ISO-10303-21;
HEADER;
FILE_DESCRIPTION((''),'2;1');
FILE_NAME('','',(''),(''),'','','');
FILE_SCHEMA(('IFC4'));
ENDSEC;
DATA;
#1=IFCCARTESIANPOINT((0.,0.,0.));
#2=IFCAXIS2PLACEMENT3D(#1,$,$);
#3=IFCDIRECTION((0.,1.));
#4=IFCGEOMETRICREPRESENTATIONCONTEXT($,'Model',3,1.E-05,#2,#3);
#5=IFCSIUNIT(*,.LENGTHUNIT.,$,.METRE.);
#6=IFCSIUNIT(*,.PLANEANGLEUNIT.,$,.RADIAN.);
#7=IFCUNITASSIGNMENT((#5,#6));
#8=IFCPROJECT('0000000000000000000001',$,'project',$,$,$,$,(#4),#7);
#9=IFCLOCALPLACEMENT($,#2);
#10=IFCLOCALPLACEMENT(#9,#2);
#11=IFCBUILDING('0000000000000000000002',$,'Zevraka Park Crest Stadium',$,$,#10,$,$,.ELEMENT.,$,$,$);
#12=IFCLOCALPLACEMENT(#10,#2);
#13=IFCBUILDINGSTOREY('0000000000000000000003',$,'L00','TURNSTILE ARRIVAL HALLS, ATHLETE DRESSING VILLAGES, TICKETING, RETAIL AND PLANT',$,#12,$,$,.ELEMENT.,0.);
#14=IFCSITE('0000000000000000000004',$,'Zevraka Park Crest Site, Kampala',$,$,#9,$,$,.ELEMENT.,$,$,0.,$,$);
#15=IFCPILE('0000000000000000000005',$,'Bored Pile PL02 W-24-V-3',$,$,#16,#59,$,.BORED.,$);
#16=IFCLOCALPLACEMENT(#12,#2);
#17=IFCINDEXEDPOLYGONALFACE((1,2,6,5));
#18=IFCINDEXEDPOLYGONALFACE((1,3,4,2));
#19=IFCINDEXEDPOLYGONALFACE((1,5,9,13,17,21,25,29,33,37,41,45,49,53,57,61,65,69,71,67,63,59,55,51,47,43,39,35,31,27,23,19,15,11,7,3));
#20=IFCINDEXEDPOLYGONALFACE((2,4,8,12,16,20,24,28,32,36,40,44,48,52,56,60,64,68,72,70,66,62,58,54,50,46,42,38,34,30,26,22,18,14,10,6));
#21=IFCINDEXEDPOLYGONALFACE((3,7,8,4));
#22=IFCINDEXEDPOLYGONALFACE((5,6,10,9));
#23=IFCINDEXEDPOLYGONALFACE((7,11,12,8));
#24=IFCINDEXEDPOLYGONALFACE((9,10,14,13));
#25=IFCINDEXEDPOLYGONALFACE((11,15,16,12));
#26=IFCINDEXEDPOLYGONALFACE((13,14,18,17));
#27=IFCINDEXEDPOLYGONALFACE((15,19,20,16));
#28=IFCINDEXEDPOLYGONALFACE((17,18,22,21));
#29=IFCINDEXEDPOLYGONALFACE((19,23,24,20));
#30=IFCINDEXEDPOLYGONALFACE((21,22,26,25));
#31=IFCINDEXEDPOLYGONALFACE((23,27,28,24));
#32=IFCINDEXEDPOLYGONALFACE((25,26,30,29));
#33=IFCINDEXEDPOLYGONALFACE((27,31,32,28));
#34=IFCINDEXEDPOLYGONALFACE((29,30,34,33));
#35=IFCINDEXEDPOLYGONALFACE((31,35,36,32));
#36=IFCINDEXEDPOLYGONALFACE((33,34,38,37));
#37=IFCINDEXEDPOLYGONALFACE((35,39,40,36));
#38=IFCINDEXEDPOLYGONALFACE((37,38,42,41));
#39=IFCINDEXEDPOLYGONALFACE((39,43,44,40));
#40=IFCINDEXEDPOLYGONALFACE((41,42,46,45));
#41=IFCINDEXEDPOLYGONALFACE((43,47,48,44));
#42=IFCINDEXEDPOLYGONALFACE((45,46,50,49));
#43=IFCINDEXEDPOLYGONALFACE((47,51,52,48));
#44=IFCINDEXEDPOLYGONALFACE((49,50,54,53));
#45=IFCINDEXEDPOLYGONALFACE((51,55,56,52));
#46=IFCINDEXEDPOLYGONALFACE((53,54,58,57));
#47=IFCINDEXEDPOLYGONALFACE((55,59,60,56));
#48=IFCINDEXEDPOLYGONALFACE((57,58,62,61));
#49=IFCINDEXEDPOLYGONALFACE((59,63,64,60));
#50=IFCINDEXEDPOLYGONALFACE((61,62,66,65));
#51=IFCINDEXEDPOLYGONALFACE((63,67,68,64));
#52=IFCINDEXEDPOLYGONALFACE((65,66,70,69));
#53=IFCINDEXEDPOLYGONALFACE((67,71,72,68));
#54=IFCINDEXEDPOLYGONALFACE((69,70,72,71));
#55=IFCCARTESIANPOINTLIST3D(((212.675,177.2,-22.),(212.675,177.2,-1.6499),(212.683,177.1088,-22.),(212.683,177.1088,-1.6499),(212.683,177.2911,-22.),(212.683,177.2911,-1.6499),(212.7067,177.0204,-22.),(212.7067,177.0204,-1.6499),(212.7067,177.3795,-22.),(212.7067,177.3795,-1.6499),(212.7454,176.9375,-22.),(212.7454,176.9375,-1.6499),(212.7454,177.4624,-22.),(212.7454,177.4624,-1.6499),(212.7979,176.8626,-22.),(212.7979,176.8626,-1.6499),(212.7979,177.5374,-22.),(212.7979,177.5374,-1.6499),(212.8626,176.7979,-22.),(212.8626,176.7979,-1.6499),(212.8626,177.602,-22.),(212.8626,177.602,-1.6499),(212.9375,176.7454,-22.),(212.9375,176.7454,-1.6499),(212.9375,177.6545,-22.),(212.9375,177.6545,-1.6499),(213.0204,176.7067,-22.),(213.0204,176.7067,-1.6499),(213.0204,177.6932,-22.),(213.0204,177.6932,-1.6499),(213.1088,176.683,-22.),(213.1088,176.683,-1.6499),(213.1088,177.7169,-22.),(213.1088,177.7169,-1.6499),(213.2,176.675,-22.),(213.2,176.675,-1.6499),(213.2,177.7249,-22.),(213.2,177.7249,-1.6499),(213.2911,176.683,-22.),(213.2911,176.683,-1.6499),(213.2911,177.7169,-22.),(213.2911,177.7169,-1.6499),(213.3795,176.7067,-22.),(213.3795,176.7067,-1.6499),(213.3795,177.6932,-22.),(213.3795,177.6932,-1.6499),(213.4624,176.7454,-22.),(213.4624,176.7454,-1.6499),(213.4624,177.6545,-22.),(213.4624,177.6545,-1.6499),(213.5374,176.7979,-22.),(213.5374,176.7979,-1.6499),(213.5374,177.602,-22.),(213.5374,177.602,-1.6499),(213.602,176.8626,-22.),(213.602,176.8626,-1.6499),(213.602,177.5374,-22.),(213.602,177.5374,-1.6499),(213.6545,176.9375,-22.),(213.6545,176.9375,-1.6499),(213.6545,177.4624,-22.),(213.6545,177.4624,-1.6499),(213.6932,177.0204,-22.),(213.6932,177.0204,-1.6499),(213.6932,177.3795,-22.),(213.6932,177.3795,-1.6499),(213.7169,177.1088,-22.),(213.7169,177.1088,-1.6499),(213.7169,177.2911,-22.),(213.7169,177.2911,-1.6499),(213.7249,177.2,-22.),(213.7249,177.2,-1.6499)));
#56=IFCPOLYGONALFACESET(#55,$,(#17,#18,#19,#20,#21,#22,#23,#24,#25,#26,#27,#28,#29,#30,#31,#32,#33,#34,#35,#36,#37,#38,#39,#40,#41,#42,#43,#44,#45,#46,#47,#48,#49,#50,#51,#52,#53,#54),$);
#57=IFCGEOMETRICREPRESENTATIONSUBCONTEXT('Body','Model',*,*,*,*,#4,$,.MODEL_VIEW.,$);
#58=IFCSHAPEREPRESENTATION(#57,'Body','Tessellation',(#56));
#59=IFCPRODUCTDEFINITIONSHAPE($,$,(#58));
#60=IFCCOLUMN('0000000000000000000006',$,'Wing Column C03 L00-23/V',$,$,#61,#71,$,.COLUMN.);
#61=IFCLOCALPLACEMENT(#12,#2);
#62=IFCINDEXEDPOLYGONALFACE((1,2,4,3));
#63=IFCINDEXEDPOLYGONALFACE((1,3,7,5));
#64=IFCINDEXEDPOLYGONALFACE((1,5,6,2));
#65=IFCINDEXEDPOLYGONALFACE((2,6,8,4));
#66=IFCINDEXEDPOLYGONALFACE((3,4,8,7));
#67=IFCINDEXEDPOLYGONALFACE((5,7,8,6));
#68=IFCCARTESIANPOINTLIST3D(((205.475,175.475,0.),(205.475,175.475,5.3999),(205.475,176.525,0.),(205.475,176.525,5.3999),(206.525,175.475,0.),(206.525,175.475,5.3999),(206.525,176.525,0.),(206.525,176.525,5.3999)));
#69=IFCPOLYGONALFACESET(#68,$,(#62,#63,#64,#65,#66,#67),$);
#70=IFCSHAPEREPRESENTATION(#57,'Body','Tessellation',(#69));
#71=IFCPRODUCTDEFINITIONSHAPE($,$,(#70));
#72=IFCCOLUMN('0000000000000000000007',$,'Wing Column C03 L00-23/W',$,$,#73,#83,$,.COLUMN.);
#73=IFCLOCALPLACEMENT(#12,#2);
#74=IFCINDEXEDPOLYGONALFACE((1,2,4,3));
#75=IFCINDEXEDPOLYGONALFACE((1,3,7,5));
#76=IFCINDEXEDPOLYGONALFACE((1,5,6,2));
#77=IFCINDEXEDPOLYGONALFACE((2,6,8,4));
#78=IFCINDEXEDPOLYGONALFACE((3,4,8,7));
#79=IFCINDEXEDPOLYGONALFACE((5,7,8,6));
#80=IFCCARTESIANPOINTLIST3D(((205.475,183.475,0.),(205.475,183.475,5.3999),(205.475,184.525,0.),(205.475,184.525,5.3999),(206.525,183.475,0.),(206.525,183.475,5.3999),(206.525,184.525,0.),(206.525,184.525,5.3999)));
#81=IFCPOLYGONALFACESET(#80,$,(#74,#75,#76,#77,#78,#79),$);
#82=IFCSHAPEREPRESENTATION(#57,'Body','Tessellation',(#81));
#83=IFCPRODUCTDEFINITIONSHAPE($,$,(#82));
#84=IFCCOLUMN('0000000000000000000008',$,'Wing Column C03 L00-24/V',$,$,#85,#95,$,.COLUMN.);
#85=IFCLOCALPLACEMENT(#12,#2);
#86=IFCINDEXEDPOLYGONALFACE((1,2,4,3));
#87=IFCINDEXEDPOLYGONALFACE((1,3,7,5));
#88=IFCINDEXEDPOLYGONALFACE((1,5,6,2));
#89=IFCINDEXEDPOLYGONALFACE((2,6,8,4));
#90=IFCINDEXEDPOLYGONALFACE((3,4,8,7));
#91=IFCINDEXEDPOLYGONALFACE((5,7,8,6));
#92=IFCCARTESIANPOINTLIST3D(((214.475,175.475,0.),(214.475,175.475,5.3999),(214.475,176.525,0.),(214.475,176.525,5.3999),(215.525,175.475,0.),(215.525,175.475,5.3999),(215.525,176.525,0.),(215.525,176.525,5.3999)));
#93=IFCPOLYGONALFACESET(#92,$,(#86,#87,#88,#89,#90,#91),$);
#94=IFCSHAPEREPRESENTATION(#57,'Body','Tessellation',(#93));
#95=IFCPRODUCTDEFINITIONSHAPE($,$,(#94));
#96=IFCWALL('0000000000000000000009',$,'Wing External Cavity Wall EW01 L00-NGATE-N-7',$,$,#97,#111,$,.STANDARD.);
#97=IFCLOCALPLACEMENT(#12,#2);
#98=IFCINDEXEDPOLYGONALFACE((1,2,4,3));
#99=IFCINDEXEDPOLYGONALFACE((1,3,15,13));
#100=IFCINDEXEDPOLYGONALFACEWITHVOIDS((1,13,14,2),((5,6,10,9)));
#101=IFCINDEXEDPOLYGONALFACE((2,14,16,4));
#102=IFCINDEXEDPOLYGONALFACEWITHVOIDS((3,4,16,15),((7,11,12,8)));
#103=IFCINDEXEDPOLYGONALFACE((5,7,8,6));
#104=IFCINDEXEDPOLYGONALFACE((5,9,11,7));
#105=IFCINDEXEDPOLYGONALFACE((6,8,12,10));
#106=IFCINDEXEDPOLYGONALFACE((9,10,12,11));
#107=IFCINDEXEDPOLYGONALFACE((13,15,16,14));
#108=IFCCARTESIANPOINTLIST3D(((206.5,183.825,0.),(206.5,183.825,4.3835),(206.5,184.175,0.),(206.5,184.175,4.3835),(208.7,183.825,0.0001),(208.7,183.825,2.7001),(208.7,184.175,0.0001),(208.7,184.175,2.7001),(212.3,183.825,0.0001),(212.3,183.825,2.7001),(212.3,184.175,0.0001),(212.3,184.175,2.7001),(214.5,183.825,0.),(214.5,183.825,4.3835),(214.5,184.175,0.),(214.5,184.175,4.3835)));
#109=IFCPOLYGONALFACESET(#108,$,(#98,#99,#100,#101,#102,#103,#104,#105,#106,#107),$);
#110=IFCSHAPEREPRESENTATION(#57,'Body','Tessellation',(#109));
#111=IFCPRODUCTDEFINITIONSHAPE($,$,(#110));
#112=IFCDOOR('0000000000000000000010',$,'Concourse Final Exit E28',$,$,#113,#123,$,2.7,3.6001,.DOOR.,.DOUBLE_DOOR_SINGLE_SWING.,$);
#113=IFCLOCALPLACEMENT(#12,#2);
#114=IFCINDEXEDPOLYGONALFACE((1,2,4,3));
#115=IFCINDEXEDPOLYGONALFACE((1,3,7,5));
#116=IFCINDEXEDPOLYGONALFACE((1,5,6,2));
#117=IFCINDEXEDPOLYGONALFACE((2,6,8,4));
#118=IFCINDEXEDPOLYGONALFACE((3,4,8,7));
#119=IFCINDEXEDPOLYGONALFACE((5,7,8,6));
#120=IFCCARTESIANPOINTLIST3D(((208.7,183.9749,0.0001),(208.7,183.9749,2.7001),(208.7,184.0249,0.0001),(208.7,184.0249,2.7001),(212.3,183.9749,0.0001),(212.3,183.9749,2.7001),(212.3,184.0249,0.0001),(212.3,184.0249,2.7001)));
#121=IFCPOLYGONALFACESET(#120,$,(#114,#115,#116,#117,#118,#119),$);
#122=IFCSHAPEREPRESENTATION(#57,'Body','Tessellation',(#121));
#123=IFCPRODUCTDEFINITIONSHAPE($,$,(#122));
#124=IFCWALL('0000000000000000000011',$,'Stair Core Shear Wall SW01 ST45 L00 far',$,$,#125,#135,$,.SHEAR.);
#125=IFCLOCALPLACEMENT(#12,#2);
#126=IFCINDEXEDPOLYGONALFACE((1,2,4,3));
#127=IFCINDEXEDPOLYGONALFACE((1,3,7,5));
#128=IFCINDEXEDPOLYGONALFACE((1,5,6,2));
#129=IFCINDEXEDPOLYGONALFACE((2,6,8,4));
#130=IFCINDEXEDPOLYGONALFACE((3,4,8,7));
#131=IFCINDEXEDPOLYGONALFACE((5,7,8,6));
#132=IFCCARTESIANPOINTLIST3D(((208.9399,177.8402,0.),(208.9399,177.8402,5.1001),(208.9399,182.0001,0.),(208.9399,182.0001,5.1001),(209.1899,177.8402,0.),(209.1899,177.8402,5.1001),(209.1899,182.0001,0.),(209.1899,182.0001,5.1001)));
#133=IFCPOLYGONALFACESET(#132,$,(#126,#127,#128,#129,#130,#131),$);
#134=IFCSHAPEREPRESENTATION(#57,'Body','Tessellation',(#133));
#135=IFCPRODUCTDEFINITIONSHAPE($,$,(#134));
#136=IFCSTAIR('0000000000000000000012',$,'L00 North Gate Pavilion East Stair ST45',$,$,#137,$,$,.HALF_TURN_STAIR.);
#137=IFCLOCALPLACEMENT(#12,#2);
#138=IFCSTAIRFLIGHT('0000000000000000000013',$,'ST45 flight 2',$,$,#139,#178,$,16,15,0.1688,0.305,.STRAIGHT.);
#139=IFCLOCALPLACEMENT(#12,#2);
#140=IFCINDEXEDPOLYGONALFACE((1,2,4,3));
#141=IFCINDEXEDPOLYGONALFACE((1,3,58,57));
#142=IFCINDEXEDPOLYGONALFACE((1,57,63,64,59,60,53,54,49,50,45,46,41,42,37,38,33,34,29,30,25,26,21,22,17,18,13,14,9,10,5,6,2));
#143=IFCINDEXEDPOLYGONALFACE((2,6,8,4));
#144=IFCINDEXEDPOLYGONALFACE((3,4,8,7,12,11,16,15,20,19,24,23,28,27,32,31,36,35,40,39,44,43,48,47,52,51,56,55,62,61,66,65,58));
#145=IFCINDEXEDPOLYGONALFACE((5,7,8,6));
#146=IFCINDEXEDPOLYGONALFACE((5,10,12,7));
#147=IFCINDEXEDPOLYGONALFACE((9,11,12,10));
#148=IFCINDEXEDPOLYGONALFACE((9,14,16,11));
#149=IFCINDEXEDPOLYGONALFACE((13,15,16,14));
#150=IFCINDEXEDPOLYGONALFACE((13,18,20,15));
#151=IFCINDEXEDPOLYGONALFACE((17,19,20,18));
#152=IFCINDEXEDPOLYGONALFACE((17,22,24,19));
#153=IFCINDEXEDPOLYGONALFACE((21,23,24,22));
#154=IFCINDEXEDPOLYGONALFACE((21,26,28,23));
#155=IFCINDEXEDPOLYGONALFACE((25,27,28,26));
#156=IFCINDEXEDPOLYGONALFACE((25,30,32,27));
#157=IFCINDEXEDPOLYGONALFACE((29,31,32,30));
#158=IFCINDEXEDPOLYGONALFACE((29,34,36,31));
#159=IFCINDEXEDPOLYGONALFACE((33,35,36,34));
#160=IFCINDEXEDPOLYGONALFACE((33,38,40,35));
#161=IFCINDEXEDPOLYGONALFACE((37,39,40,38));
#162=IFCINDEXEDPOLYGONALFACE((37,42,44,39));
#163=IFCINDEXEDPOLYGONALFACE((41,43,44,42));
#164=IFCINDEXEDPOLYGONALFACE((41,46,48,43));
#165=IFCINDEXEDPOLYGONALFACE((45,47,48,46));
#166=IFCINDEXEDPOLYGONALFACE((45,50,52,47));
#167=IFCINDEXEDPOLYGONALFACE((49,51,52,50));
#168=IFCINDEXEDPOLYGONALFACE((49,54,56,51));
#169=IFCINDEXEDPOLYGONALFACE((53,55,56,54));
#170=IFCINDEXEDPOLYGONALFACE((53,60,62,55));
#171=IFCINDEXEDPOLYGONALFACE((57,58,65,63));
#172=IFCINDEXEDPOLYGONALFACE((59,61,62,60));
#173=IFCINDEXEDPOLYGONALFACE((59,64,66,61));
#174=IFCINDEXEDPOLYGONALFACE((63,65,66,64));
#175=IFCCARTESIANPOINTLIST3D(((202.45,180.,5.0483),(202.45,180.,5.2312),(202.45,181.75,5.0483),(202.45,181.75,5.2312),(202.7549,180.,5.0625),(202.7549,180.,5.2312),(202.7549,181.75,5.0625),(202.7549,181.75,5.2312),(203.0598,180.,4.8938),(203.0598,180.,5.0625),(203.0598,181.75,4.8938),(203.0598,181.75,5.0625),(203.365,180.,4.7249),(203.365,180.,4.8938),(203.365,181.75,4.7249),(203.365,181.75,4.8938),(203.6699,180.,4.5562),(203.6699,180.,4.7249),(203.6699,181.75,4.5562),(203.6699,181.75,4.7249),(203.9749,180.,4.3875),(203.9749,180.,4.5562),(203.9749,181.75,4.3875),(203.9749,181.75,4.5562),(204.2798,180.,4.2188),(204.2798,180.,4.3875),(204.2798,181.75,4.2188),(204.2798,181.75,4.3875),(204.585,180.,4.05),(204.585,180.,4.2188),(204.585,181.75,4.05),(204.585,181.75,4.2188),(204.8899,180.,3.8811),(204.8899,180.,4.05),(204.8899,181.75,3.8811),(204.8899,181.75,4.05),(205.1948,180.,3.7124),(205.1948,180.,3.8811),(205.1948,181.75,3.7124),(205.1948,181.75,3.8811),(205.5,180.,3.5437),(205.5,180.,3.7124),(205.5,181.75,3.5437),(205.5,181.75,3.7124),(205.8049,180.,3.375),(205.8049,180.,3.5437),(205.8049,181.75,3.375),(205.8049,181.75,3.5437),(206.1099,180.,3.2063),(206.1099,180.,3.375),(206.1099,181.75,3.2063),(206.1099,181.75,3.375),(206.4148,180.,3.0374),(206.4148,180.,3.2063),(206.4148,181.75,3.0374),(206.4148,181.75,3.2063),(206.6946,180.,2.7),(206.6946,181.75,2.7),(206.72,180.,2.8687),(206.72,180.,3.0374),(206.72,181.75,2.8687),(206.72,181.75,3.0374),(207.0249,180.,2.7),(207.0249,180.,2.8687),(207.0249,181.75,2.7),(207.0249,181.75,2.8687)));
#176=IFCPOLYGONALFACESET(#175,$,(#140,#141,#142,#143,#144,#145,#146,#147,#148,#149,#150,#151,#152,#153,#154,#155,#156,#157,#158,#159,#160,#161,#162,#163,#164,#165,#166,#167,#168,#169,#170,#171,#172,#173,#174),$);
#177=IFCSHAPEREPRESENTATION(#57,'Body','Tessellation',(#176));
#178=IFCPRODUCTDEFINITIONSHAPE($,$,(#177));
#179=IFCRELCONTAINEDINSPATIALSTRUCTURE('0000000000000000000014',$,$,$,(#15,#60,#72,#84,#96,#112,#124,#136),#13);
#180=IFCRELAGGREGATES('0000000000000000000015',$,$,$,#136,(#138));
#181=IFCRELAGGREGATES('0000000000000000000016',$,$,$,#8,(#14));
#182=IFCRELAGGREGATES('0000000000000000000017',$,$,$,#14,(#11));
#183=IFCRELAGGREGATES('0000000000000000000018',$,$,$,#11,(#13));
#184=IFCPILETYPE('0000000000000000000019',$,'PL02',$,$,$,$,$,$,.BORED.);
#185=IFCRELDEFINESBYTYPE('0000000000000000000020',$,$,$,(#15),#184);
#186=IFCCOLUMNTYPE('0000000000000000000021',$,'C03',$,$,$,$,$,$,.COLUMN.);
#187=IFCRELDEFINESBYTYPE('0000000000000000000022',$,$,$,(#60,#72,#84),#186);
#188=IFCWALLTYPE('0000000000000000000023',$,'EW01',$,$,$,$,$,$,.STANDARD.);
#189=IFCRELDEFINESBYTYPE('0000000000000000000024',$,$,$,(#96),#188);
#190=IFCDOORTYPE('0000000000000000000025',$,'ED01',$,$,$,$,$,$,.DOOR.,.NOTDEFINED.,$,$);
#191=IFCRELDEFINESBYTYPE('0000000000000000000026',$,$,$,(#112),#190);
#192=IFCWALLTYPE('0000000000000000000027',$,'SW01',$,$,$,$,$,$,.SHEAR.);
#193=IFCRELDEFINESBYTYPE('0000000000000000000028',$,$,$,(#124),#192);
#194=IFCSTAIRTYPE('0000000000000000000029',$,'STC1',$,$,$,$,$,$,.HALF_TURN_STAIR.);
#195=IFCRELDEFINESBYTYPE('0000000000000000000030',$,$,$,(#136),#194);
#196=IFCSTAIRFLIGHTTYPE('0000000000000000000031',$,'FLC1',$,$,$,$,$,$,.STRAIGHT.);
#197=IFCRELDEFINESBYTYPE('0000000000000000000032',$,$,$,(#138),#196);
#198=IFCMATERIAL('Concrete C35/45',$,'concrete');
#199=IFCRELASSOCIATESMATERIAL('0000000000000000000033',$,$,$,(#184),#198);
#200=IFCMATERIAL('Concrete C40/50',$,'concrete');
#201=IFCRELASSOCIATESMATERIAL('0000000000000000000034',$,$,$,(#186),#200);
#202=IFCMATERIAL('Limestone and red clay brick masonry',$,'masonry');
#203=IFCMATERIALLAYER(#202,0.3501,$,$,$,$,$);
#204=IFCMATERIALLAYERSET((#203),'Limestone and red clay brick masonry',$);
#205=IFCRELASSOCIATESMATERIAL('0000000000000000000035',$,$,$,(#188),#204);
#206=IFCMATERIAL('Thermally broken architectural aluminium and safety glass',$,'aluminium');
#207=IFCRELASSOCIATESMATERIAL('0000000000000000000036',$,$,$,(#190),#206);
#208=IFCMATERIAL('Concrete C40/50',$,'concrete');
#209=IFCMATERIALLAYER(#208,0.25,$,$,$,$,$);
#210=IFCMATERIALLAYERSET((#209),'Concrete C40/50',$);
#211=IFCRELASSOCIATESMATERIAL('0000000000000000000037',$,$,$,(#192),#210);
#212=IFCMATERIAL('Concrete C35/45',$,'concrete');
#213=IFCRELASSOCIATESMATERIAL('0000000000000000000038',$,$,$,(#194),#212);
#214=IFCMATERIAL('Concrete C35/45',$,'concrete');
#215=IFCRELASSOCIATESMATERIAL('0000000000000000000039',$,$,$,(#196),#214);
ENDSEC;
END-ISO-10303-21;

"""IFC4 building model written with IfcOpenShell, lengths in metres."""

from ifc_helpers import new_model, si_unit, direction, frame, frame_2d, origin, origin_2d, place, context, subcontext, project, spatial, polyline, rectangle, circle, outline, extrude, material, layer, layer_set, material_profile, profile_set, type_object, element, fill, aggregate, save


model = new_model("IFC4")

# Units and contexts
model_context = context("Model", 3, precision=1e-05, world=origin(), true_north=direction((0.0, 1.0)))
body_context = subcontext(model_context, "Body", "Model", "MODEL_VIEW")
ifc_project = project(units=[si_unit("LENGTHUNIT", "METRE"), si_unit("PLANEANGLEUNIT", "RADIAN")], contexts=[model_context])

# Site, building, storey
site_placement = place(None, origin())
site = spatial("IfcSite", under=ifc_project, at=site_placement, Name="Zevraka Park Crest Site, Kampala", CompositionType="ELEMENT", RefElevation=0.0)
building_placement = place(site_placement, origin())
building = spatial("IfcBuilding", under=site, at=building_placement, Name="Zevraka Park Crest Stadium", CompositionType="ELEMENT")
storey_placement = place(building_placement, origin())
storey = spatial("IfcBuildingStorey", under=building, at=storey_placement, Name="L00", Description="TURNSTILE ARRIVAL HALLS, ATHLETE DRESSING VILLAGES, TICKETING, RETAIL AND PLANT", CompositionType="ELEMENT", Elevation=0.0)

# Pile
ifc_material_1 = material(Name="Concrete C35/45", Category="concrete")
ifc_material_profile_1 = material_profile(ifc_material_1, circle(Radius=0.5249, at=origin_2d()), Name="PILE D1050")
ifc_profile_set_1 = profile_set([ifc_material_profile_1], Name="Concrete C35/45")
pile_type_1 = type_object("IfcPileType", Name="PL02", PredefinedType="BORED", material=ifc_profile_set_1)
for number, where, z_axis, x_axis, name in (
    (1, (213.2, 177.2, -1.6499), (0.0, 0.0, -1.0), (1.0, 0.0, 0.0), "Bored Pile PL02 W-24-V-3"),
):
    element("IfcPile", number, at=place(storey_placement, frame(where, z_axis=z_axis, x_axis=x_axis)), inside=storey, type_object=pile_type_1, Name=name, PredefinedType="BORED", context=body_context, shape_type="SweptSolid", body=[
        extrude(circle(Radius=0.5249, at=origin_2d()), origin(), (0.0, 0.0, 1.0), 20.3501),
    ])

# Columns
ifc_material_2 = material(Name="Concrete C40/50", Category="concrete")
ifc_material_profile_2 = material_profile(ifc_material_2, rectangle(XDim=1.05, YDim=1.05, at=origin_2d()), Name="RC 1050x1050")
ifc_profile_set_2 = profile_set([ifc_material_profile_2], Name="Concrete C40/50")
column_type = type_object("IfcColumnType", Name="C03", PredefinedType="COLUMN", material=ifc_profile_set_2)
for number, where, z_axis, x_axis, name in (
    (2, (206.0, 176.0, 0.0), (0.0, 0.0, 1.0), (1.0, 0.0, 0.0), "Wing Column C03 L00-23/V"),
    (3, (206.0, 184.0, 0.0), (0.0, 0.0, 1.0), (1.0, 0.0, 0.0), "Wing Column C03 L00-23/W"),
    (4, (215.0, 176.0, 0.0), (0.0, 0.0, 1.0), (1.0, 0.0, 0.0), "Wing Column C03 L00-24/V"),
):
    element("IfcColumn", number, at=place(storey_placement, frame(where, z_axis=z_axis, x_axis=x_axis)), inside=storey, type_object=column_type, Name=name, PredefinedType="COLUMN", context=body_context, shape_type="SweptSolid", body=[
        extrude(rectangle(XDim=1.05, YDim=1.05, at=origin_2d()), origin(), (0.0, 0.0, 1.0), 5.3999),
    ])

# Wall, opening, door
ifc_material_3 = material(Name="Limestone and red clay brick masonry", Category="masonry")
ifc_layer_1 = layer(ifc_material_3, 0.3501)
ifc_layer_set_1 = layer_set([ifc_layer_1], Name="Limestone and red clay brick masonry")
wall_type_1 = type_object("IfcWallType", Name="EW01", PredefinedType="STANDARD", material=ifc_layer_set_1)
wall_1_placement = place(storey_placement, frame((206.5, 184.0, 0.0), z_axis=(0.0, 0.0, 1.0), x_axis=(1.0, 0.0, 0.0)))
wall_1 = element("IfcWall", 5, at=wall_1_placement, inside=storey, type_object=wall_type_1, Name="Wing External Cavity Wall EW01 L00-NGATE-N-7", PredefinedType="STANDARD", context=body_context, shape_type="SweptSolid", body=[
    extrude(rectangle(XDim=8.0, YDim=0.3501, at=frame_2d((4.0, 0.0))), origin(), (0.0, 0.0, 1.0), 4.3835),
])
opening_placement = place(wall_1_placement, frame((2.2, 0.0, 0.0)))
opening = element("IfcOpeningElement", 6, at=opening_placement, cuts=wall_1, PredefinedType="OPENING", context=body_context, shape_type="SweptSolid", body=[
    extrude(rectangle(XDim=3.6001, YDim=2.7, at=frame_2d((1.8, 1.3501))), frame((0.0, 0.1851, 0.0), z_axis=(0.0, -1.0, 0.0), x_axis=(1.0, 0.0, 0.0)), (0.0, 0.0, 1.0), 0.3701),
])
ifc_material_4 = material(Name="Thermally broken architectural aluminium and safety glass", Category="aluminium")
door_type = type_object("IfcDoorType", Name="ED01", OperationType="NOTDEFINED", PredefinedType="DOOR", material=ifc_material_4)
door_placement = place(opening_placement, origin())
door = element("IfcDoor", 7, at=door_placement, inside=storey, type_object=door_type, Name="Concourse Final Exit E28", OperationType="DOUBLE_DOOR_SINGLE_SWING", OverallHeight=2.7, OverallWidth=3.6001, PredefinedType="DOOR", context=body_context, shape_type="SweptSolid", body=[
    extrude(rectangle(XDim=3.6001, YDim=2.7, at=frame_2d((1.8, 1.3501))), frame((0.0, 0.0249, 0.0), z_axis=(0.0, -1.0, 0.0), x_axis=(1.0, 0.0, 0.0)), (0.0, 0.0, 1.0), 0.05),
])
fill(opening, door)

# Wall
ifc_material_5 = material(Name="Concrete C40/50", Category="concrete")
ifc_layer_2 = layer(ifc_material_5, 0.25)
ifc_layer_set_2 = layer_set([ifc_layer_2], Name="Concrete C40/50")
wall_type_2 = type_object("IfcWallType", Name="SW01", PredefinedType="SHEAR", material=ifc_layer_set_2)
wall_2_placement = place(storey_placement, frame((209.0649, 177.8401, 0.0), z_axis=(0.0, 0.0, 1.0), x_axis=(0.0, 1.0, 0.0)))
element("IfcWall", 8, at=wall_2_placement, inside=storey, type_object=wall_type_2, Name="Stair Core Shear Wall SW01 ST45 L00 far", PredefinedType="SHEAR", context=body_context, shape_type="SweptSolid", body=[
    extrude(rectangle(XDim=4.1599, YDim=0.25, at=frame_2d((2.0801, 0.0))), origin(), (0.0, 0.0, 1.0), 5.1001),
])

# Stair, stair flight
ifc_material_6 = material(Name="Concrete C35/45", Category="concrete")
stair_type = type_object("IfcStairType", Name="STC1", PredefinedType="HALF_TURN_STAIR", material=ifc_material_6)
stair_placement = place(storey_placement, origin())
stair = element("IfcStair", 9, at=stair_placement, inside=storey, type_object=stair_type, Name="L00 North Gate Pavilion East Stair ST45", PredefinedType="HALF_TURN_STAIR")
ifc_material_7 = material(Name="Concrete C35/45", Category="concrete")
stair_flight_type = type_object("IfcStairFlightType", Name="FLC1", PredefinedType="STRAIGHT", material=ifc_material_7)
stair_flight_placement = place(storey_placement, frame((207.0249, 180.875, 2.7), z_axis=(0.0, 0.0, 1.0), x_axis=(-1.0, 0.0, 0.0)))
stair_flight = element("IfcStairFlight", 10, at=stair_flight_placement, type_object=stair_flight_type, Name="ST45 flight 2", NumberOfRisers=16, NumberOfTreads=15, PredefinedType="STRAIGHT", RiserHeight=0.1688, TreadLength=0.305, context=body_context, shape_type="SweptSolid", body=[
    extrude(outline(polyline([(0.0, 0.0), (0.0, 0.1687), (0.3049, 0.1687), (0.3049, 0.3374), (0.6101, 0.3374), (0.6101, 0.5063), (0.915, 0.5063), (0.915, 0.675), (1.22, 0.675), (1.22, 0.8438), (1.5249, 0.8438), (1.5249, 1.0125), (1.8301, 1.0125), (1.8301, 1.1812), (2.135, 1.1812), (2.135, 1.3501), (2.4399, 1.3501), (2.4399, 1.5188), (2.7451, 1.5188), (2.7451, 1.6875), (3.05, 1.6875), (3.05, 1.8562), (3.355, 1.8562), (3.355, 2.0249), (3.6599, 2.0249), (3.6599, 2.1938), (3.9651, 2.1938), (3.9651, 2.3625), (4.27, 2.3625), (4.27, 2.5312), (4.575, 2.5312), (4.575, 2.7), (4.575, 2.3484), (0.3303, 0.0), (0.0, 0.0)])), frame((0.0, 0.875, 0.0), z_axis=(0.0, -1.0, 0.0), x_axis=(1.0, 0.0, 0.0)), (0.0, 0.0, 1.0), 1.75),
])
aggregate(stair, [stair_flight])

save(model, "model.ifc")
